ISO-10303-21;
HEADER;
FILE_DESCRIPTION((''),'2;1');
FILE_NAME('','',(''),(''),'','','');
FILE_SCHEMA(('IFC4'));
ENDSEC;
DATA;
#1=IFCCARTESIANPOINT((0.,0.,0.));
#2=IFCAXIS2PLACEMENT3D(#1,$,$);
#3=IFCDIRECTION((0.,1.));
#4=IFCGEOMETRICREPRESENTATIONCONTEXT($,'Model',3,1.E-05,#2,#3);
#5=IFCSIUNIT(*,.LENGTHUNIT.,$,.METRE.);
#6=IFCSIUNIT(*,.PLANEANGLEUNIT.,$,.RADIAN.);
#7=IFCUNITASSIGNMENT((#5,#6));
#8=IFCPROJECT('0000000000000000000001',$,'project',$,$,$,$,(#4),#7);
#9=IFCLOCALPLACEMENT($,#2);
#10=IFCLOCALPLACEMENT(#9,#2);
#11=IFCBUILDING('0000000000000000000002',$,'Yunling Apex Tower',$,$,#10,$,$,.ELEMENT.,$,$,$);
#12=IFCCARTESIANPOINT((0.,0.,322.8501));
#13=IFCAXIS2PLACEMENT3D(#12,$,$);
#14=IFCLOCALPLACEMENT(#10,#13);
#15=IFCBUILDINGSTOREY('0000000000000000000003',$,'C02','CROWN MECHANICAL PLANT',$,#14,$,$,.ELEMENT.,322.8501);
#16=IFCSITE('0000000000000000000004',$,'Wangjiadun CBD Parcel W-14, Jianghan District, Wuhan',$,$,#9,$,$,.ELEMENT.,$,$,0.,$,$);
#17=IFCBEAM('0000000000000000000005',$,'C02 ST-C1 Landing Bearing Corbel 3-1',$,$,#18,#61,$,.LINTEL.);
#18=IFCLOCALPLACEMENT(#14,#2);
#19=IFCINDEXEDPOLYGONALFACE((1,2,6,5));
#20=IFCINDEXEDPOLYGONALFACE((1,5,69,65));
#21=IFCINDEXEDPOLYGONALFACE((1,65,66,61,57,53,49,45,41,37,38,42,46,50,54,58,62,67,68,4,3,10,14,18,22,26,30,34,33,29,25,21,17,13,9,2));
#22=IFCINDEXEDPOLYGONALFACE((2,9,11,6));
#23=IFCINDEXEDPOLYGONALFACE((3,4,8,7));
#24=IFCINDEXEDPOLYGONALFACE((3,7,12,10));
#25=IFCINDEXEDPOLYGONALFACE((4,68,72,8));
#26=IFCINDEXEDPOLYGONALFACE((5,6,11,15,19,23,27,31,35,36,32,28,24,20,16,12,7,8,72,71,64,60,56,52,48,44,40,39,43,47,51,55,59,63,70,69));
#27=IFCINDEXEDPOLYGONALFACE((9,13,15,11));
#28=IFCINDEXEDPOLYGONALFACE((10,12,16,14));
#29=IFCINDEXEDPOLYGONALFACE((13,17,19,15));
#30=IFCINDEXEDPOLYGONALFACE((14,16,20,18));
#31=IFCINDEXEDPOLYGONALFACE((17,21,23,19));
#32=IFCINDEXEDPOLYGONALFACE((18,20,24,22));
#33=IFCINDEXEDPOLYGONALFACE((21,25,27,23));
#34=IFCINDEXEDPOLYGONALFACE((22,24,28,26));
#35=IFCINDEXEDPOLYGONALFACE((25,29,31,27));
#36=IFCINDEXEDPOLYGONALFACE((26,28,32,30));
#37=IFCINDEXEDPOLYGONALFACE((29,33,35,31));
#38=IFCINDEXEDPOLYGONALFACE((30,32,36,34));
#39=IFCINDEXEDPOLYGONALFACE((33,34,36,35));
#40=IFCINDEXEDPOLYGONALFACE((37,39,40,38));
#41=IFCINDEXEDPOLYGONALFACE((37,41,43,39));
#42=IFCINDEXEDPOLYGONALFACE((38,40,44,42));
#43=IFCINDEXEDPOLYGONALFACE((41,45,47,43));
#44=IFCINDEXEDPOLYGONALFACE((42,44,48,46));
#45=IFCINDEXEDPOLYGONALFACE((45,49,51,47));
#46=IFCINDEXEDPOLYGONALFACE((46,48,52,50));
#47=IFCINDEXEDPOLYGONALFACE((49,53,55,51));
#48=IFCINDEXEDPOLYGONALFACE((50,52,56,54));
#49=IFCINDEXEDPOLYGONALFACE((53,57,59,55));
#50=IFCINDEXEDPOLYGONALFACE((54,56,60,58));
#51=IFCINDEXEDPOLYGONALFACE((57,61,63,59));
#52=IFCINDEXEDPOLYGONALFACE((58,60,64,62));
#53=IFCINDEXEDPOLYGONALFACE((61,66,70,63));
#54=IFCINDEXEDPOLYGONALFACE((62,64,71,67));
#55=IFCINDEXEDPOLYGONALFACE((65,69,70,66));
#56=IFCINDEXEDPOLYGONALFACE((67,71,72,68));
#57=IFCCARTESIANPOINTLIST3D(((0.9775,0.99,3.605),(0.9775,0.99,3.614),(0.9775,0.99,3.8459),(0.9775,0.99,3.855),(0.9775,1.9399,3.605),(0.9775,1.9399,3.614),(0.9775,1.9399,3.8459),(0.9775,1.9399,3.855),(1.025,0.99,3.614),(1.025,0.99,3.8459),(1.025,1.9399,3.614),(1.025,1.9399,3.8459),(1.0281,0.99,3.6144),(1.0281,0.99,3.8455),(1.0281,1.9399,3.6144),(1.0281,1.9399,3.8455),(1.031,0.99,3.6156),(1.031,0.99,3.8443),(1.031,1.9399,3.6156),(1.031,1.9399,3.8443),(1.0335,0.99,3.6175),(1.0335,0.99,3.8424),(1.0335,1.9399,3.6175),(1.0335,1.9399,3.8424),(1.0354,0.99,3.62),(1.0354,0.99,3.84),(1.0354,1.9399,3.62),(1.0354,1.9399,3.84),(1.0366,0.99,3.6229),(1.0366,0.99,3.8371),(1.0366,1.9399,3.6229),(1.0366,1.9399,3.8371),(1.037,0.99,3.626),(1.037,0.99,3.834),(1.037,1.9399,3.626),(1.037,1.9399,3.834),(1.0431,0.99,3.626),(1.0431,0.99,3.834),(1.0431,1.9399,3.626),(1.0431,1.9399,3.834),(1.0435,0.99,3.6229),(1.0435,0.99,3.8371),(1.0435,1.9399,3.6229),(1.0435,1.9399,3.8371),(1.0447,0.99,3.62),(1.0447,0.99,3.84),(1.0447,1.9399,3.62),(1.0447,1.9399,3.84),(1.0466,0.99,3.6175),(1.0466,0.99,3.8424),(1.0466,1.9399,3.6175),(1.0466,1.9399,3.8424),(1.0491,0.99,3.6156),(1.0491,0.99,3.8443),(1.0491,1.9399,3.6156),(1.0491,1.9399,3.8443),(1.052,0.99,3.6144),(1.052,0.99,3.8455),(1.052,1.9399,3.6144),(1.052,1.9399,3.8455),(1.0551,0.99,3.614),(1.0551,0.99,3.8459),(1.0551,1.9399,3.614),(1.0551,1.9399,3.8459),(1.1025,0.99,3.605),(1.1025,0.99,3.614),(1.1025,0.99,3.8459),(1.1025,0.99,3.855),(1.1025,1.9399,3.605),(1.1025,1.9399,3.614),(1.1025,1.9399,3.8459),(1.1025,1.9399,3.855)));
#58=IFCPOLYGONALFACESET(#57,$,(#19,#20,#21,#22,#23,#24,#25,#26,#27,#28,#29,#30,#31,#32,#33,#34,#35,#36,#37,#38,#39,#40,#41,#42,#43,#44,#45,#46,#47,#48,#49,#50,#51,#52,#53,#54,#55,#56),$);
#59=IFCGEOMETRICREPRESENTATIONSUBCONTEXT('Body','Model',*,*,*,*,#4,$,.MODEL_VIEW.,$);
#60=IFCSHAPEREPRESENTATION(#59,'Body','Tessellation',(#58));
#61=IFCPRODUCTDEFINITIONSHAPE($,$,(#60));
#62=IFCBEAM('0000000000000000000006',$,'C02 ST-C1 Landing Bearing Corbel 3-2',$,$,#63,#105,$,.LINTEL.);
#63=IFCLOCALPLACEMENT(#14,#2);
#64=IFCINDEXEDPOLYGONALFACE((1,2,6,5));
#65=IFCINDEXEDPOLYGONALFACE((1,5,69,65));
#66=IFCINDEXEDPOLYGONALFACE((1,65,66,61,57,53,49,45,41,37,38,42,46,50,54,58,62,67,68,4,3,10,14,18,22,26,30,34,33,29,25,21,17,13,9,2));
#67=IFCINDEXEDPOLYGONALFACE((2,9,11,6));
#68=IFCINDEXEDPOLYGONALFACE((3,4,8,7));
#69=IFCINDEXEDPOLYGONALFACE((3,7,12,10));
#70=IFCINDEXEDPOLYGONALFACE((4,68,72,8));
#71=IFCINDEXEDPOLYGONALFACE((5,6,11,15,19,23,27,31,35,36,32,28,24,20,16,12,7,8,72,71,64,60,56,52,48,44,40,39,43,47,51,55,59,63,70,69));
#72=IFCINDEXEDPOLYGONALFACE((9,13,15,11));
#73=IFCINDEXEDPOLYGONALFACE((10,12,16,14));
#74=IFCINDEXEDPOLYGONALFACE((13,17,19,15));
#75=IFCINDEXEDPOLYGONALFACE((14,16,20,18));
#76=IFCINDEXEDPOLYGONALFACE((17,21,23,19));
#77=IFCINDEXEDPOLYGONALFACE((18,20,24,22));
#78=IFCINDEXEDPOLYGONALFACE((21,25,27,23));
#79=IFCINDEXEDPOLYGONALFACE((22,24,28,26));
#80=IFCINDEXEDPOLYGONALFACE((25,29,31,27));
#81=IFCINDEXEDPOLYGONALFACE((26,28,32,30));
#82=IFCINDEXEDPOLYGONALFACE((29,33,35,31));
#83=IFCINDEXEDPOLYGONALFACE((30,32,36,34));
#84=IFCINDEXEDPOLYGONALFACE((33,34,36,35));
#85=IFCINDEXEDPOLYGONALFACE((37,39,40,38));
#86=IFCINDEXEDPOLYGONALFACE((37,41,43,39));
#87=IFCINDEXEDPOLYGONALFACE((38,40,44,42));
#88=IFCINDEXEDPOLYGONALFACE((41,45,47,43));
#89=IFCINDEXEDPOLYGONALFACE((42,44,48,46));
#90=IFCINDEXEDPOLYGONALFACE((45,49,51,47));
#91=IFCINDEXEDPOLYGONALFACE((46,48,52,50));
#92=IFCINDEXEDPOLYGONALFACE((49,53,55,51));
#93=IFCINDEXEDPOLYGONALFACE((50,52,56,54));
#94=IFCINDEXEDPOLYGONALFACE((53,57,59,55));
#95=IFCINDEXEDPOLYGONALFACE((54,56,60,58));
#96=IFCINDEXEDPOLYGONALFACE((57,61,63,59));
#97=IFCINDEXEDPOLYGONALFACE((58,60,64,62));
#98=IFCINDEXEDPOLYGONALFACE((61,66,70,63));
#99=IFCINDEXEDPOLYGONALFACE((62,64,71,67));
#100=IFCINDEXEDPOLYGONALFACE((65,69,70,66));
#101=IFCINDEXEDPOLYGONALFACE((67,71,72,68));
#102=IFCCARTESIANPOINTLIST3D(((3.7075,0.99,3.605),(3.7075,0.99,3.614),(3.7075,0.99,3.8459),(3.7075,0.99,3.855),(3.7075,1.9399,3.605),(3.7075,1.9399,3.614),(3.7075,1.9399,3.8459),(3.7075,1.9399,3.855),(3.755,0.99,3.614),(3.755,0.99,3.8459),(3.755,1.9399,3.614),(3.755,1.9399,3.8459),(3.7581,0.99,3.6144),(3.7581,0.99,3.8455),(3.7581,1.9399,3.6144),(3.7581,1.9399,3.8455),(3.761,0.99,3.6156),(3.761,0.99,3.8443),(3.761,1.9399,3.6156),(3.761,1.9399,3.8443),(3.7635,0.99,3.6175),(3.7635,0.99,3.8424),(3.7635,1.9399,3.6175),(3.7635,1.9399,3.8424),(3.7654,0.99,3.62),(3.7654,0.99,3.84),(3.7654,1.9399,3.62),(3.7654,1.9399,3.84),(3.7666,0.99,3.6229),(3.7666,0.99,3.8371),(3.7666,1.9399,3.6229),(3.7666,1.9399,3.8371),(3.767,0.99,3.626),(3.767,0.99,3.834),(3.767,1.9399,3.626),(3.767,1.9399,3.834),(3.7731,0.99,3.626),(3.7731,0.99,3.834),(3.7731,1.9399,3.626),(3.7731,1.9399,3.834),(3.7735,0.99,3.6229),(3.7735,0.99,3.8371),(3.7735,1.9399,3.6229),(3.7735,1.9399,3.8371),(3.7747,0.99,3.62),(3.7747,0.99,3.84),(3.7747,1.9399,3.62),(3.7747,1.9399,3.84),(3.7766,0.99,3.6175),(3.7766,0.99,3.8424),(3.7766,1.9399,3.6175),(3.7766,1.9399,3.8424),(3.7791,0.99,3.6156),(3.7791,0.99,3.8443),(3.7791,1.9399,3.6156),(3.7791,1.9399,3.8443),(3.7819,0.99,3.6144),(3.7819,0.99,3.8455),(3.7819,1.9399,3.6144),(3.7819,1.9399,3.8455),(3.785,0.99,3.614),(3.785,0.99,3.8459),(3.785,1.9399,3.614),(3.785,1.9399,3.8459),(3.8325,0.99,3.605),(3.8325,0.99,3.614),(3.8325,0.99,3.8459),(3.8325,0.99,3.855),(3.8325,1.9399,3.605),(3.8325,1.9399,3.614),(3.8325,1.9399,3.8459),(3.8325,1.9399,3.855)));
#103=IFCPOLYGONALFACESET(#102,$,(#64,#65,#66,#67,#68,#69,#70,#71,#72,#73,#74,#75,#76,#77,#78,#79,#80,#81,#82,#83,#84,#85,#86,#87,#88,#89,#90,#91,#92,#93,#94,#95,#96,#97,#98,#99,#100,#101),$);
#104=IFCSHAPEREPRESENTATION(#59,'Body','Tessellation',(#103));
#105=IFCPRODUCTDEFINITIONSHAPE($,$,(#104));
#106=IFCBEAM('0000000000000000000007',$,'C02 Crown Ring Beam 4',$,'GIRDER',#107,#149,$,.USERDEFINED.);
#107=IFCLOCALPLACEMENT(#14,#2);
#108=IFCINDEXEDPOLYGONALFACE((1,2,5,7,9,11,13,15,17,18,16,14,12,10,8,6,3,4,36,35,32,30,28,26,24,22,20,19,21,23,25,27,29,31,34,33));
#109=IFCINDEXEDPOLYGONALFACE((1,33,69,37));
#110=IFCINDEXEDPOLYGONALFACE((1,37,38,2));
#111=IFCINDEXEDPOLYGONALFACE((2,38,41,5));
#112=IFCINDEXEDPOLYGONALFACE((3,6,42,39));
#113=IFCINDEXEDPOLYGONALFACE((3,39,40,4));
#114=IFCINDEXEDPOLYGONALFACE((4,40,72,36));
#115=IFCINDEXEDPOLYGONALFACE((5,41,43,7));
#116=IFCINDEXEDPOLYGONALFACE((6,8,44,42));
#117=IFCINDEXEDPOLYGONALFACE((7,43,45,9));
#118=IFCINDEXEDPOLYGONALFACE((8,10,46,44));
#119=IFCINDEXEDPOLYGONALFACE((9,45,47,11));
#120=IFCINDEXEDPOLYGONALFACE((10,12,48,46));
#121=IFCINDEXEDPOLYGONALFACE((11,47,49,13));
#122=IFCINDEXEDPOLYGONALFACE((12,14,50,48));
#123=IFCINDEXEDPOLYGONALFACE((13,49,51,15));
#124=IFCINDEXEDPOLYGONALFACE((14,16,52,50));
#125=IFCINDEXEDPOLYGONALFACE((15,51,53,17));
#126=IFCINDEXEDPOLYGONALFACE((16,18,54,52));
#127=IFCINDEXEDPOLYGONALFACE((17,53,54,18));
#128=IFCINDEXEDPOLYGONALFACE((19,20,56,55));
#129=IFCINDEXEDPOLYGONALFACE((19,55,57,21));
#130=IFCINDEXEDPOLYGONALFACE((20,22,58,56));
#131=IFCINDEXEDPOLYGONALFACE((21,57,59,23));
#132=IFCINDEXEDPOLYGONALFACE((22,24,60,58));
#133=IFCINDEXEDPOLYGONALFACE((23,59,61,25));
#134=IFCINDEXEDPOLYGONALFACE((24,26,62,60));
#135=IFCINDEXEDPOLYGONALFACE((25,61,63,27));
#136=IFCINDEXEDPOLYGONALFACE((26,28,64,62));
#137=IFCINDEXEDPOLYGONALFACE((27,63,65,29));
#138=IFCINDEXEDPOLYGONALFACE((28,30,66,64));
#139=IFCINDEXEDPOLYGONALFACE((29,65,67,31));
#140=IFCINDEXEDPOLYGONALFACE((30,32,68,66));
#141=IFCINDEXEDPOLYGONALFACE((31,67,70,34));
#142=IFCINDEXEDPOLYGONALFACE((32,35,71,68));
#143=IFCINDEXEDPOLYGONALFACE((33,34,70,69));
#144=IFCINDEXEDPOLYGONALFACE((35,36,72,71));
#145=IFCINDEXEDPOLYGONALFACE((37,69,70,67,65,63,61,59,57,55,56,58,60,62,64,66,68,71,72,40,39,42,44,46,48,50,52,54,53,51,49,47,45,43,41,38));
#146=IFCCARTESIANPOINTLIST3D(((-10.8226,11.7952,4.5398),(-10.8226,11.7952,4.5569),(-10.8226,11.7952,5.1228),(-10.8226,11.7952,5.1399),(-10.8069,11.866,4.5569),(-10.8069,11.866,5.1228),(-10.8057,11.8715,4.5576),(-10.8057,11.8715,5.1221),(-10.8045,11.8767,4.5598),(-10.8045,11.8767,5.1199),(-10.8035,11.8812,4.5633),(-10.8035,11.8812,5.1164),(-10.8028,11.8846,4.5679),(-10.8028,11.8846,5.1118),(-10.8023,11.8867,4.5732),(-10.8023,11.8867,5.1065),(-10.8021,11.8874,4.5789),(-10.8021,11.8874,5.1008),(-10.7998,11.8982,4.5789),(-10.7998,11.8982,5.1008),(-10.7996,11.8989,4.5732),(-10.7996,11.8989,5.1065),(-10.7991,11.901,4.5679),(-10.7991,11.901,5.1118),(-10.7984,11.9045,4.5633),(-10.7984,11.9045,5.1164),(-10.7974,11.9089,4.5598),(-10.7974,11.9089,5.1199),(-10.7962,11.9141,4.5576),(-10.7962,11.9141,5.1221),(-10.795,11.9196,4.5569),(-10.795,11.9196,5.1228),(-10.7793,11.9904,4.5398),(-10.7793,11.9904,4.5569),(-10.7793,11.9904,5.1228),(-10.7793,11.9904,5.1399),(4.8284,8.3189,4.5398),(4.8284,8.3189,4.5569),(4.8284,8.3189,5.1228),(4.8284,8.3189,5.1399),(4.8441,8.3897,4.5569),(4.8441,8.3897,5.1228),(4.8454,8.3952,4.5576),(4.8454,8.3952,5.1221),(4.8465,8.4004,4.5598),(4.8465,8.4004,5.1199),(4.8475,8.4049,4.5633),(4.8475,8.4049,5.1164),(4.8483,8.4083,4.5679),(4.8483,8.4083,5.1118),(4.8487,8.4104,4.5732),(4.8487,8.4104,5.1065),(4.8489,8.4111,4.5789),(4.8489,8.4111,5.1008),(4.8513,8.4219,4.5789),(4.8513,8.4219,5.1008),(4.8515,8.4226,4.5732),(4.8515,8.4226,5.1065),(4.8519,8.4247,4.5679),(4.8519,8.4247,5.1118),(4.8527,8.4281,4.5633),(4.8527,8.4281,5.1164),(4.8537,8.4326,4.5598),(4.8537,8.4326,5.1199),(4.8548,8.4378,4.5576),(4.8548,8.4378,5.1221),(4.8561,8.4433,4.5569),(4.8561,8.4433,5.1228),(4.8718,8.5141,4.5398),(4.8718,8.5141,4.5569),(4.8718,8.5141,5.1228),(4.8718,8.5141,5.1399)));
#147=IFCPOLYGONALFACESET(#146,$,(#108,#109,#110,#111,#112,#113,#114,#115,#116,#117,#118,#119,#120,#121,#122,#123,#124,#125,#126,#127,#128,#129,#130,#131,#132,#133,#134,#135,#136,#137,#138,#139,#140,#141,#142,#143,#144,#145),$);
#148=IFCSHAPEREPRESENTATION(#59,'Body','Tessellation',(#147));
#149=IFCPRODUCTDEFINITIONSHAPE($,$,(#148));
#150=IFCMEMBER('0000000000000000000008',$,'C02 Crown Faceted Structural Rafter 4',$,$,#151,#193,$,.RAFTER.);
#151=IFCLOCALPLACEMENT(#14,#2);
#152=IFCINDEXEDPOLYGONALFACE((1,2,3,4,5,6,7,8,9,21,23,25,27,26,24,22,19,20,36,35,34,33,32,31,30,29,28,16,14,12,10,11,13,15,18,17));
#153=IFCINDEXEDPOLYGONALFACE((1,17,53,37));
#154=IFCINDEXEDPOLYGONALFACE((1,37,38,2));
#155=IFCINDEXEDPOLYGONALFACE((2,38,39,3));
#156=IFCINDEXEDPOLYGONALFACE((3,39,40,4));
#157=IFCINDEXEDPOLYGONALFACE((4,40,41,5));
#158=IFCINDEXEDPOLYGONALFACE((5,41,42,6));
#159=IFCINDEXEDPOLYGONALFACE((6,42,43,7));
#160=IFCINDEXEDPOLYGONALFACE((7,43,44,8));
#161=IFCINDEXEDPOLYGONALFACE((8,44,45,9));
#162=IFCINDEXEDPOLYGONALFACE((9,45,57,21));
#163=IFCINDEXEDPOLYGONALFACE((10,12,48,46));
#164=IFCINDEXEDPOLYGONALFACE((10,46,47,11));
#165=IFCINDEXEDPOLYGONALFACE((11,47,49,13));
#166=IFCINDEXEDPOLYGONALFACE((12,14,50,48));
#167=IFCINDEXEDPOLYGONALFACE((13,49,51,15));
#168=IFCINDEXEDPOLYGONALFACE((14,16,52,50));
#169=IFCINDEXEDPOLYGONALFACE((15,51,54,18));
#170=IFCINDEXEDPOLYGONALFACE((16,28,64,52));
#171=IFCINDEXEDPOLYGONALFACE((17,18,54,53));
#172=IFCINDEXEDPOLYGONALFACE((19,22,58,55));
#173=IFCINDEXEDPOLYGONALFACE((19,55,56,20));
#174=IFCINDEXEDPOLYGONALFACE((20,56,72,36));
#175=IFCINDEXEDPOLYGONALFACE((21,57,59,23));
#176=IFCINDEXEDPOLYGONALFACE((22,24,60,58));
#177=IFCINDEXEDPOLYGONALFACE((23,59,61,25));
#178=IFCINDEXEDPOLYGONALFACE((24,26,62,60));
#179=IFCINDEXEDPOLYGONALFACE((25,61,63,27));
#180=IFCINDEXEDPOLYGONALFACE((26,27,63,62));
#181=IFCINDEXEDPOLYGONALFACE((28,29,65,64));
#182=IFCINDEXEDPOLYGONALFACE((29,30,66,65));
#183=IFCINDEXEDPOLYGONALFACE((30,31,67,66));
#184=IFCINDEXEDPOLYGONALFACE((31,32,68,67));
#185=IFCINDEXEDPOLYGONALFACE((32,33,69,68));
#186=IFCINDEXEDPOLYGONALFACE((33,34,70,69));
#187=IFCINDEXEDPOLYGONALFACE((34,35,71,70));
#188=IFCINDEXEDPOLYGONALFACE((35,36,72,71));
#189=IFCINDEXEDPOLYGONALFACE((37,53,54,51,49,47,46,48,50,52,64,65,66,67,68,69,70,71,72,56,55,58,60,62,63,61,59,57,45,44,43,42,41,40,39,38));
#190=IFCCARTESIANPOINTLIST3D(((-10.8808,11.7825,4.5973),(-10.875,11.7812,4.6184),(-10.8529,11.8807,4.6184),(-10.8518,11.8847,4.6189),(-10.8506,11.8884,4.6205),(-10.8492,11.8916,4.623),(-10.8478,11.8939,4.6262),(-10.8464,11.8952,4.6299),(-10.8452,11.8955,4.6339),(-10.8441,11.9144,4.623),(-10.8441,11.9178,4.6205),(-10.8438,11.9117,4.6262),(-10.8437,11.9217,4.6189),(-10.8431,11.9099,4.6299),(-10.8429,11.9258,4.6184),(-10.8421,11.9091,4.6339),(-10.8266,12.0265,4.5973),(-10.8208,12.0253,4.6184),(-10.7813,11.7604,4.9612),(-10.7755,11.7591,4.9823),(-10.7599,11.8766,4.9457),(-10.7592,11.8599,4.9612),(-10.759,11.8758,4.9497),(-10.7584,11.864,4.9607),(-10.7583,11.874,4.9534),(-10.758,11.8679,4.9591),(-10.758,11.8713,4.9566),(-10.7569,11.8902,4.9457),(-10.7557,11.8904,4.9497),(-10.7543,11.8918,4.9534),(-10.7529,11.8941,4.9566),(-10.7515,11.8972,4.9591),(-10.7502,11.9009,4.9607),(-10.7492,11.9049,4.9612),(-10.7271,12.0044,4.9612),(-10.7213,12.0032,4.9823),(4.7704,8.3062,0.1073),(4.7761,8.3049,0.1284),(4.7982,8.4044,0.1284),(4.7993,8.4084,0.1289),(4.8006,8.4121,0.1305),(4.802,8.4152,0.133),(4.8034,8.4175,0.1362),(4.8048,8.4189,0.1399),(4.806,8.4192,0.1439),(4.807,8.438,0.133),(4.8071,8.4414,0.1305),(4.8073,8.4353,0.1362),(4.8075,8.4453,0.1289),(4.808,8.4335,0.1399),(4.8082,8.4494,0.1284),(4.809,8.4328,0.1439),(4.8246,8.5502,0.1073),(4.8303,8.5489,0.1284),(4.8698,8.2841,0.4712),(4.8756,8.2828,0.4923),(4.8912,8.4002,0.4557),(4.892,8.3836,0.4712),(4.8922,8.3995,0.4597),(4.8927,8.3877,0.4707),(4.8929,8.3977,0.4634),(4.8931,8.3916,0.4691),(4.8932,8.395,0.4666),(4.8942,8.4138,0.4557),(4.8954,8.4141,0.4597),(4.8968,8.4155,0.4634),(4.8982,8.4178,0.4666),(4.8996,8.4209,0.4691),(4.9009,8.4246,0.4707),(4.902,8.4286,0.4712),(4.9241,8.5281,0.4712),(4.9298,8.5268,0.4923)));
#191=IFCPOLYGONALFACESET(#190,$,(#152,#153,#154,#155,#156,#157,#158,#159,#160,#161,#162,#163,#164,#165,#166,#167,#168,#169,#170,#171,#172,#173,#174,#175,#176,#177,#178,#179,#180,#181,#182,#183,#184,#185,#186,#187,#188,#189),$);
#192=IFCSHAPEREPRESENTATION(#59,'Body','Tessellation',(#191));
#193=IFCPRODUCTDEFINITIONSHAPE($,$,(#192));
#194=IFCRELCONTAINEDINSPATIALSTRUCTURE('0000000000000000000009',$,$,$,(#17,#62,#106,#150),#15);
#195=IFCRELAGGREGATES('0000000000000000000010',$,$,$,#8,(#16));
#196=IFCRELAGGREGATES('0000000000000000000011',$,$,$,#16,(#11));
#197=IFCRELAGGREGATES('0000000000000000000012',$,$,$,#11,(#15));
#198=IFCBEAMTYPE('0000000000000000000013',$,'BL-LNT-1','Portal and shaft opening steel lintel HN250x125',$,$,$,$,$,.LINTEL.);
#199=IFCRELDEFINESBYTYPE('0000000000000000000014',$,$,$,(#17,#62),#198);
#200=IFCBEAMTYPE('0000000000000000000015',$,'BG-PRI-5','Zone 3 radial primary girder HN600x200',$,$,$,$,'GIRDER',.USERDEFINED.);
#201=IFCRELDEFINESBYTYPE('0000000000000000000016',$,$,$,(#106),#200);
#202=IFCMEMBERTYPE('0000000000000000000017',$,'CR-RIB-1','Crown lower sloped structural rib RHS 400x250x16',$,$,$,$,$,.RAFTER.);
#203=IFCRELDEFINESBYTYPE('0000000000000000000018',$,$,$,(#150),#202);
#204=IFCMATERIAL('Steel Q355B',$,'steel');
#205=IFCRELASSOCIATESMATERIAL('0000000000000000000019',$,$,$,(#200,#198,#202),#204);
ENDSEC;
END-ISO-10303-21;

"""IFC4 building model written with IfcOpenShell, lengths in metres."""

from ifc_helpers import new_model, si_unit, direction, frame, origin, origin_2d, place, context, subcontext, project, spatial, i_section, extrude, source, transform, mapped, material, material_profile, profile_set, type_object, element, save


model = new_model("IFC4")

# Units and contexts
model_context = context("Model", 3, precision=1e-05, world=origin(), true_north=direction((0.0, 1.0)))
body_context = subcontext(model_context, "Body", "Model", "MODEL_VIEW")
ifc_project = project(units=[si_unit("LENGTHUNIT", "METRE"), si_unit("PLANEANGLEUNIT", "RADIAN")], contexts=[model_context])

# Site, building, storey
site_placement = place(None, origin())
site = spatial("IfcSite", under=ifc_project, at=site_placement, Name="Wangjiadun CBD Parcel W-14, Jianghan District, Wuhan", CompositionType="ELEMENT", RefElevation=0.0)
building_placement = place(site_placement, origin())
building = spatial("IfcBuilding", under=site, at=building_placement, Name="Yunling Apex Tower", CompositionType="ELEMENT")
storey_placement = place(building_placement, frame((0.0, 0.0, 322.8501)))
storey = spatial("IfcBuildingStorey", under=building, at=storey_placement, Name="C02", Description="CROWN MECHANICAL PLANT", CompositionType="ELEMENT", Elevation=322.8501)

# Shared definitions
ifc_material_1 = material(Name="Steel Q355B", Category="steel")

# Beams
ifc_material_profile_1 = material_profile(ifc_material_1, i_section(OverallWidth=0.2, OverallDepth=0.6001, WebThickness=0.011, FlangeThickness=0.0171, FilletRadius=0.022, at=origin_2d()))
ifc_profile_set_1 = profile_set([ifc_material_profile_1], Name="Steel Q355B")
beam_type_1 = type_object("IfcBeamType", Name="BG-PRI-5", Description="Zone 3 radial primary girder HN600x200", ElementType="GIRDER", PredefinedType="USERDEFINED", material=ifc_profile_set_1)
ifc_material_profile_2 = material_profile(ifc_material_1, i_section(OverallWidth=0.125, OverallDepth=0.25, WebThickness=0.0061, FlangeThickness=0.009, FilletRadius=0.012, at=origin_2d()))
ifc_profile_set_2 = profile_set([ifc_material_profile_2], Name="Steel Q355B")
beam_type_2 = type_object("IfcBeamType", Name="BL-LNT-1", Description="Portal and shaft opening steel lintel HN250x125", PredefinedType="LINTEL", material=ifc_profile_set_2)
shared_shape_1 = source(origin(), body_context, "Body", "SweptSolid", [
    extrude(i_section(OverallWidth=0.125, OverallDepth=0.25, WebThickness=0.0061, FlangeThickness=0.009, FilletRadius=0.012, at=origin_2d()), origin(), (0.0, 0.0, 1.0), 0.95),
])
for number, where, z_axis, x_axis, name in (
    (1, (1.04, 1.9399, 3.73), (0.0, -1.0, 0.0), (1.0, 0.0, 0.0), "C02 ST-C1 Landing Bearing Corbel 3-1"),
    (2, (3.77, 1.9399, 3.73), (0.0, -1.0, 0.0), (1.0, 0.0, 0.0), "C02 ST-C1 Landing Bearing Corbel 3-2"),
):
    element("IfcBeam", number, at=place(storey_placement, frame(where, z_axis=z_axis, x_axis=x_axis)), inside=storey, type_object=beam_type_2, Name=name, PredefinedType="LINTEL", context=body_context, shape_type="MappedRepresentation", body=[
        mapped(shared_shape_1, transform((0.0, 0.0, 0.0), scale=1.0)),
    ])
shared_shape_2 = source(origin(), body_context, "Body", "SweptSolid", [
    extrude(i_section(OverallWidth=0.2, OverallDepth=0.6001, WebThickness=0.011, FlangeThickness=0.0171, FilletRadius=0.022, at=origin_2d()), origin(), (0.0, 0.0, 1.0), 16.0325),
])
beam_1_placement = place(storey_placement, frame((4.8501, 8.4165, 4.8398), z_axis=(-0.97621, 0.216829, 0.0), x_axis=(-0.216829, -0.97621, 0.0)))
element("IfcBeam", 3, at=beam_1_placement, inside=storey, type_object=beam_type_1, Name="C02 Crown Ring Beam 4", ObjectType="GIRDER", PredefinedType="USERDEFINED", context=body_context, shape_type="MappedRepresentation", body=[
    mapped(shared_shape_2, transform((0.0, 0.0, 0.0), scale=1.0)),
])

# Member
ifc_material_profile_3 = material_profile(ifc_material_1, i_section(OverallWidth=0.25, OverallDepth=0.3999, WebThickness=0.0139, FlangeThickness=0.022, FilletRadius=0.0161, at=origin_2d()))
ifc_profile_set_3 = profile_set([ifc_material_profile_3], Name="Steel Q355B")
member_type_1 = type_object("IfcMemberType", Name="CR-RIB-1", Description="Crown lower sloped structural rib RHS 400x250x16", PredefinedType="RAFTER", material=ifc_profile_set_3)
shared_shape_3 = source(origin(), body_context, "Body", "SweptSolid", [
    extrude(i_section(OverallWidth=0.25, OverallDepth=0.3999, WebThickness=0.0139, FlangeThickness=0.022, FilletRadius=0.0161, at=origin_2d()), origin(), (0.0, 0.0, 1.0), 16.6494),
])
member_1_placement = place(storey_placement, frame((4.8501, 8.4165, 0.2998), z_axis=(-0.940041, 0.208795, 0.269679), x_axis=(-0.216829, -0.97621, 0.0)))
element("IfcMember", 4, at=member_1_placement, inside=storey, type_object=member_type_1, Name="C02 Crown Faceted Structural Rafter 4", PredefinedType="RAFTER", context=body_context, shape_type="MappedRepresentation", body=[
    mapped(shared_shape_3, transform((0.0, 0.0, 0.0), scale=1.0)),
])

save(model, "model.ifc")
